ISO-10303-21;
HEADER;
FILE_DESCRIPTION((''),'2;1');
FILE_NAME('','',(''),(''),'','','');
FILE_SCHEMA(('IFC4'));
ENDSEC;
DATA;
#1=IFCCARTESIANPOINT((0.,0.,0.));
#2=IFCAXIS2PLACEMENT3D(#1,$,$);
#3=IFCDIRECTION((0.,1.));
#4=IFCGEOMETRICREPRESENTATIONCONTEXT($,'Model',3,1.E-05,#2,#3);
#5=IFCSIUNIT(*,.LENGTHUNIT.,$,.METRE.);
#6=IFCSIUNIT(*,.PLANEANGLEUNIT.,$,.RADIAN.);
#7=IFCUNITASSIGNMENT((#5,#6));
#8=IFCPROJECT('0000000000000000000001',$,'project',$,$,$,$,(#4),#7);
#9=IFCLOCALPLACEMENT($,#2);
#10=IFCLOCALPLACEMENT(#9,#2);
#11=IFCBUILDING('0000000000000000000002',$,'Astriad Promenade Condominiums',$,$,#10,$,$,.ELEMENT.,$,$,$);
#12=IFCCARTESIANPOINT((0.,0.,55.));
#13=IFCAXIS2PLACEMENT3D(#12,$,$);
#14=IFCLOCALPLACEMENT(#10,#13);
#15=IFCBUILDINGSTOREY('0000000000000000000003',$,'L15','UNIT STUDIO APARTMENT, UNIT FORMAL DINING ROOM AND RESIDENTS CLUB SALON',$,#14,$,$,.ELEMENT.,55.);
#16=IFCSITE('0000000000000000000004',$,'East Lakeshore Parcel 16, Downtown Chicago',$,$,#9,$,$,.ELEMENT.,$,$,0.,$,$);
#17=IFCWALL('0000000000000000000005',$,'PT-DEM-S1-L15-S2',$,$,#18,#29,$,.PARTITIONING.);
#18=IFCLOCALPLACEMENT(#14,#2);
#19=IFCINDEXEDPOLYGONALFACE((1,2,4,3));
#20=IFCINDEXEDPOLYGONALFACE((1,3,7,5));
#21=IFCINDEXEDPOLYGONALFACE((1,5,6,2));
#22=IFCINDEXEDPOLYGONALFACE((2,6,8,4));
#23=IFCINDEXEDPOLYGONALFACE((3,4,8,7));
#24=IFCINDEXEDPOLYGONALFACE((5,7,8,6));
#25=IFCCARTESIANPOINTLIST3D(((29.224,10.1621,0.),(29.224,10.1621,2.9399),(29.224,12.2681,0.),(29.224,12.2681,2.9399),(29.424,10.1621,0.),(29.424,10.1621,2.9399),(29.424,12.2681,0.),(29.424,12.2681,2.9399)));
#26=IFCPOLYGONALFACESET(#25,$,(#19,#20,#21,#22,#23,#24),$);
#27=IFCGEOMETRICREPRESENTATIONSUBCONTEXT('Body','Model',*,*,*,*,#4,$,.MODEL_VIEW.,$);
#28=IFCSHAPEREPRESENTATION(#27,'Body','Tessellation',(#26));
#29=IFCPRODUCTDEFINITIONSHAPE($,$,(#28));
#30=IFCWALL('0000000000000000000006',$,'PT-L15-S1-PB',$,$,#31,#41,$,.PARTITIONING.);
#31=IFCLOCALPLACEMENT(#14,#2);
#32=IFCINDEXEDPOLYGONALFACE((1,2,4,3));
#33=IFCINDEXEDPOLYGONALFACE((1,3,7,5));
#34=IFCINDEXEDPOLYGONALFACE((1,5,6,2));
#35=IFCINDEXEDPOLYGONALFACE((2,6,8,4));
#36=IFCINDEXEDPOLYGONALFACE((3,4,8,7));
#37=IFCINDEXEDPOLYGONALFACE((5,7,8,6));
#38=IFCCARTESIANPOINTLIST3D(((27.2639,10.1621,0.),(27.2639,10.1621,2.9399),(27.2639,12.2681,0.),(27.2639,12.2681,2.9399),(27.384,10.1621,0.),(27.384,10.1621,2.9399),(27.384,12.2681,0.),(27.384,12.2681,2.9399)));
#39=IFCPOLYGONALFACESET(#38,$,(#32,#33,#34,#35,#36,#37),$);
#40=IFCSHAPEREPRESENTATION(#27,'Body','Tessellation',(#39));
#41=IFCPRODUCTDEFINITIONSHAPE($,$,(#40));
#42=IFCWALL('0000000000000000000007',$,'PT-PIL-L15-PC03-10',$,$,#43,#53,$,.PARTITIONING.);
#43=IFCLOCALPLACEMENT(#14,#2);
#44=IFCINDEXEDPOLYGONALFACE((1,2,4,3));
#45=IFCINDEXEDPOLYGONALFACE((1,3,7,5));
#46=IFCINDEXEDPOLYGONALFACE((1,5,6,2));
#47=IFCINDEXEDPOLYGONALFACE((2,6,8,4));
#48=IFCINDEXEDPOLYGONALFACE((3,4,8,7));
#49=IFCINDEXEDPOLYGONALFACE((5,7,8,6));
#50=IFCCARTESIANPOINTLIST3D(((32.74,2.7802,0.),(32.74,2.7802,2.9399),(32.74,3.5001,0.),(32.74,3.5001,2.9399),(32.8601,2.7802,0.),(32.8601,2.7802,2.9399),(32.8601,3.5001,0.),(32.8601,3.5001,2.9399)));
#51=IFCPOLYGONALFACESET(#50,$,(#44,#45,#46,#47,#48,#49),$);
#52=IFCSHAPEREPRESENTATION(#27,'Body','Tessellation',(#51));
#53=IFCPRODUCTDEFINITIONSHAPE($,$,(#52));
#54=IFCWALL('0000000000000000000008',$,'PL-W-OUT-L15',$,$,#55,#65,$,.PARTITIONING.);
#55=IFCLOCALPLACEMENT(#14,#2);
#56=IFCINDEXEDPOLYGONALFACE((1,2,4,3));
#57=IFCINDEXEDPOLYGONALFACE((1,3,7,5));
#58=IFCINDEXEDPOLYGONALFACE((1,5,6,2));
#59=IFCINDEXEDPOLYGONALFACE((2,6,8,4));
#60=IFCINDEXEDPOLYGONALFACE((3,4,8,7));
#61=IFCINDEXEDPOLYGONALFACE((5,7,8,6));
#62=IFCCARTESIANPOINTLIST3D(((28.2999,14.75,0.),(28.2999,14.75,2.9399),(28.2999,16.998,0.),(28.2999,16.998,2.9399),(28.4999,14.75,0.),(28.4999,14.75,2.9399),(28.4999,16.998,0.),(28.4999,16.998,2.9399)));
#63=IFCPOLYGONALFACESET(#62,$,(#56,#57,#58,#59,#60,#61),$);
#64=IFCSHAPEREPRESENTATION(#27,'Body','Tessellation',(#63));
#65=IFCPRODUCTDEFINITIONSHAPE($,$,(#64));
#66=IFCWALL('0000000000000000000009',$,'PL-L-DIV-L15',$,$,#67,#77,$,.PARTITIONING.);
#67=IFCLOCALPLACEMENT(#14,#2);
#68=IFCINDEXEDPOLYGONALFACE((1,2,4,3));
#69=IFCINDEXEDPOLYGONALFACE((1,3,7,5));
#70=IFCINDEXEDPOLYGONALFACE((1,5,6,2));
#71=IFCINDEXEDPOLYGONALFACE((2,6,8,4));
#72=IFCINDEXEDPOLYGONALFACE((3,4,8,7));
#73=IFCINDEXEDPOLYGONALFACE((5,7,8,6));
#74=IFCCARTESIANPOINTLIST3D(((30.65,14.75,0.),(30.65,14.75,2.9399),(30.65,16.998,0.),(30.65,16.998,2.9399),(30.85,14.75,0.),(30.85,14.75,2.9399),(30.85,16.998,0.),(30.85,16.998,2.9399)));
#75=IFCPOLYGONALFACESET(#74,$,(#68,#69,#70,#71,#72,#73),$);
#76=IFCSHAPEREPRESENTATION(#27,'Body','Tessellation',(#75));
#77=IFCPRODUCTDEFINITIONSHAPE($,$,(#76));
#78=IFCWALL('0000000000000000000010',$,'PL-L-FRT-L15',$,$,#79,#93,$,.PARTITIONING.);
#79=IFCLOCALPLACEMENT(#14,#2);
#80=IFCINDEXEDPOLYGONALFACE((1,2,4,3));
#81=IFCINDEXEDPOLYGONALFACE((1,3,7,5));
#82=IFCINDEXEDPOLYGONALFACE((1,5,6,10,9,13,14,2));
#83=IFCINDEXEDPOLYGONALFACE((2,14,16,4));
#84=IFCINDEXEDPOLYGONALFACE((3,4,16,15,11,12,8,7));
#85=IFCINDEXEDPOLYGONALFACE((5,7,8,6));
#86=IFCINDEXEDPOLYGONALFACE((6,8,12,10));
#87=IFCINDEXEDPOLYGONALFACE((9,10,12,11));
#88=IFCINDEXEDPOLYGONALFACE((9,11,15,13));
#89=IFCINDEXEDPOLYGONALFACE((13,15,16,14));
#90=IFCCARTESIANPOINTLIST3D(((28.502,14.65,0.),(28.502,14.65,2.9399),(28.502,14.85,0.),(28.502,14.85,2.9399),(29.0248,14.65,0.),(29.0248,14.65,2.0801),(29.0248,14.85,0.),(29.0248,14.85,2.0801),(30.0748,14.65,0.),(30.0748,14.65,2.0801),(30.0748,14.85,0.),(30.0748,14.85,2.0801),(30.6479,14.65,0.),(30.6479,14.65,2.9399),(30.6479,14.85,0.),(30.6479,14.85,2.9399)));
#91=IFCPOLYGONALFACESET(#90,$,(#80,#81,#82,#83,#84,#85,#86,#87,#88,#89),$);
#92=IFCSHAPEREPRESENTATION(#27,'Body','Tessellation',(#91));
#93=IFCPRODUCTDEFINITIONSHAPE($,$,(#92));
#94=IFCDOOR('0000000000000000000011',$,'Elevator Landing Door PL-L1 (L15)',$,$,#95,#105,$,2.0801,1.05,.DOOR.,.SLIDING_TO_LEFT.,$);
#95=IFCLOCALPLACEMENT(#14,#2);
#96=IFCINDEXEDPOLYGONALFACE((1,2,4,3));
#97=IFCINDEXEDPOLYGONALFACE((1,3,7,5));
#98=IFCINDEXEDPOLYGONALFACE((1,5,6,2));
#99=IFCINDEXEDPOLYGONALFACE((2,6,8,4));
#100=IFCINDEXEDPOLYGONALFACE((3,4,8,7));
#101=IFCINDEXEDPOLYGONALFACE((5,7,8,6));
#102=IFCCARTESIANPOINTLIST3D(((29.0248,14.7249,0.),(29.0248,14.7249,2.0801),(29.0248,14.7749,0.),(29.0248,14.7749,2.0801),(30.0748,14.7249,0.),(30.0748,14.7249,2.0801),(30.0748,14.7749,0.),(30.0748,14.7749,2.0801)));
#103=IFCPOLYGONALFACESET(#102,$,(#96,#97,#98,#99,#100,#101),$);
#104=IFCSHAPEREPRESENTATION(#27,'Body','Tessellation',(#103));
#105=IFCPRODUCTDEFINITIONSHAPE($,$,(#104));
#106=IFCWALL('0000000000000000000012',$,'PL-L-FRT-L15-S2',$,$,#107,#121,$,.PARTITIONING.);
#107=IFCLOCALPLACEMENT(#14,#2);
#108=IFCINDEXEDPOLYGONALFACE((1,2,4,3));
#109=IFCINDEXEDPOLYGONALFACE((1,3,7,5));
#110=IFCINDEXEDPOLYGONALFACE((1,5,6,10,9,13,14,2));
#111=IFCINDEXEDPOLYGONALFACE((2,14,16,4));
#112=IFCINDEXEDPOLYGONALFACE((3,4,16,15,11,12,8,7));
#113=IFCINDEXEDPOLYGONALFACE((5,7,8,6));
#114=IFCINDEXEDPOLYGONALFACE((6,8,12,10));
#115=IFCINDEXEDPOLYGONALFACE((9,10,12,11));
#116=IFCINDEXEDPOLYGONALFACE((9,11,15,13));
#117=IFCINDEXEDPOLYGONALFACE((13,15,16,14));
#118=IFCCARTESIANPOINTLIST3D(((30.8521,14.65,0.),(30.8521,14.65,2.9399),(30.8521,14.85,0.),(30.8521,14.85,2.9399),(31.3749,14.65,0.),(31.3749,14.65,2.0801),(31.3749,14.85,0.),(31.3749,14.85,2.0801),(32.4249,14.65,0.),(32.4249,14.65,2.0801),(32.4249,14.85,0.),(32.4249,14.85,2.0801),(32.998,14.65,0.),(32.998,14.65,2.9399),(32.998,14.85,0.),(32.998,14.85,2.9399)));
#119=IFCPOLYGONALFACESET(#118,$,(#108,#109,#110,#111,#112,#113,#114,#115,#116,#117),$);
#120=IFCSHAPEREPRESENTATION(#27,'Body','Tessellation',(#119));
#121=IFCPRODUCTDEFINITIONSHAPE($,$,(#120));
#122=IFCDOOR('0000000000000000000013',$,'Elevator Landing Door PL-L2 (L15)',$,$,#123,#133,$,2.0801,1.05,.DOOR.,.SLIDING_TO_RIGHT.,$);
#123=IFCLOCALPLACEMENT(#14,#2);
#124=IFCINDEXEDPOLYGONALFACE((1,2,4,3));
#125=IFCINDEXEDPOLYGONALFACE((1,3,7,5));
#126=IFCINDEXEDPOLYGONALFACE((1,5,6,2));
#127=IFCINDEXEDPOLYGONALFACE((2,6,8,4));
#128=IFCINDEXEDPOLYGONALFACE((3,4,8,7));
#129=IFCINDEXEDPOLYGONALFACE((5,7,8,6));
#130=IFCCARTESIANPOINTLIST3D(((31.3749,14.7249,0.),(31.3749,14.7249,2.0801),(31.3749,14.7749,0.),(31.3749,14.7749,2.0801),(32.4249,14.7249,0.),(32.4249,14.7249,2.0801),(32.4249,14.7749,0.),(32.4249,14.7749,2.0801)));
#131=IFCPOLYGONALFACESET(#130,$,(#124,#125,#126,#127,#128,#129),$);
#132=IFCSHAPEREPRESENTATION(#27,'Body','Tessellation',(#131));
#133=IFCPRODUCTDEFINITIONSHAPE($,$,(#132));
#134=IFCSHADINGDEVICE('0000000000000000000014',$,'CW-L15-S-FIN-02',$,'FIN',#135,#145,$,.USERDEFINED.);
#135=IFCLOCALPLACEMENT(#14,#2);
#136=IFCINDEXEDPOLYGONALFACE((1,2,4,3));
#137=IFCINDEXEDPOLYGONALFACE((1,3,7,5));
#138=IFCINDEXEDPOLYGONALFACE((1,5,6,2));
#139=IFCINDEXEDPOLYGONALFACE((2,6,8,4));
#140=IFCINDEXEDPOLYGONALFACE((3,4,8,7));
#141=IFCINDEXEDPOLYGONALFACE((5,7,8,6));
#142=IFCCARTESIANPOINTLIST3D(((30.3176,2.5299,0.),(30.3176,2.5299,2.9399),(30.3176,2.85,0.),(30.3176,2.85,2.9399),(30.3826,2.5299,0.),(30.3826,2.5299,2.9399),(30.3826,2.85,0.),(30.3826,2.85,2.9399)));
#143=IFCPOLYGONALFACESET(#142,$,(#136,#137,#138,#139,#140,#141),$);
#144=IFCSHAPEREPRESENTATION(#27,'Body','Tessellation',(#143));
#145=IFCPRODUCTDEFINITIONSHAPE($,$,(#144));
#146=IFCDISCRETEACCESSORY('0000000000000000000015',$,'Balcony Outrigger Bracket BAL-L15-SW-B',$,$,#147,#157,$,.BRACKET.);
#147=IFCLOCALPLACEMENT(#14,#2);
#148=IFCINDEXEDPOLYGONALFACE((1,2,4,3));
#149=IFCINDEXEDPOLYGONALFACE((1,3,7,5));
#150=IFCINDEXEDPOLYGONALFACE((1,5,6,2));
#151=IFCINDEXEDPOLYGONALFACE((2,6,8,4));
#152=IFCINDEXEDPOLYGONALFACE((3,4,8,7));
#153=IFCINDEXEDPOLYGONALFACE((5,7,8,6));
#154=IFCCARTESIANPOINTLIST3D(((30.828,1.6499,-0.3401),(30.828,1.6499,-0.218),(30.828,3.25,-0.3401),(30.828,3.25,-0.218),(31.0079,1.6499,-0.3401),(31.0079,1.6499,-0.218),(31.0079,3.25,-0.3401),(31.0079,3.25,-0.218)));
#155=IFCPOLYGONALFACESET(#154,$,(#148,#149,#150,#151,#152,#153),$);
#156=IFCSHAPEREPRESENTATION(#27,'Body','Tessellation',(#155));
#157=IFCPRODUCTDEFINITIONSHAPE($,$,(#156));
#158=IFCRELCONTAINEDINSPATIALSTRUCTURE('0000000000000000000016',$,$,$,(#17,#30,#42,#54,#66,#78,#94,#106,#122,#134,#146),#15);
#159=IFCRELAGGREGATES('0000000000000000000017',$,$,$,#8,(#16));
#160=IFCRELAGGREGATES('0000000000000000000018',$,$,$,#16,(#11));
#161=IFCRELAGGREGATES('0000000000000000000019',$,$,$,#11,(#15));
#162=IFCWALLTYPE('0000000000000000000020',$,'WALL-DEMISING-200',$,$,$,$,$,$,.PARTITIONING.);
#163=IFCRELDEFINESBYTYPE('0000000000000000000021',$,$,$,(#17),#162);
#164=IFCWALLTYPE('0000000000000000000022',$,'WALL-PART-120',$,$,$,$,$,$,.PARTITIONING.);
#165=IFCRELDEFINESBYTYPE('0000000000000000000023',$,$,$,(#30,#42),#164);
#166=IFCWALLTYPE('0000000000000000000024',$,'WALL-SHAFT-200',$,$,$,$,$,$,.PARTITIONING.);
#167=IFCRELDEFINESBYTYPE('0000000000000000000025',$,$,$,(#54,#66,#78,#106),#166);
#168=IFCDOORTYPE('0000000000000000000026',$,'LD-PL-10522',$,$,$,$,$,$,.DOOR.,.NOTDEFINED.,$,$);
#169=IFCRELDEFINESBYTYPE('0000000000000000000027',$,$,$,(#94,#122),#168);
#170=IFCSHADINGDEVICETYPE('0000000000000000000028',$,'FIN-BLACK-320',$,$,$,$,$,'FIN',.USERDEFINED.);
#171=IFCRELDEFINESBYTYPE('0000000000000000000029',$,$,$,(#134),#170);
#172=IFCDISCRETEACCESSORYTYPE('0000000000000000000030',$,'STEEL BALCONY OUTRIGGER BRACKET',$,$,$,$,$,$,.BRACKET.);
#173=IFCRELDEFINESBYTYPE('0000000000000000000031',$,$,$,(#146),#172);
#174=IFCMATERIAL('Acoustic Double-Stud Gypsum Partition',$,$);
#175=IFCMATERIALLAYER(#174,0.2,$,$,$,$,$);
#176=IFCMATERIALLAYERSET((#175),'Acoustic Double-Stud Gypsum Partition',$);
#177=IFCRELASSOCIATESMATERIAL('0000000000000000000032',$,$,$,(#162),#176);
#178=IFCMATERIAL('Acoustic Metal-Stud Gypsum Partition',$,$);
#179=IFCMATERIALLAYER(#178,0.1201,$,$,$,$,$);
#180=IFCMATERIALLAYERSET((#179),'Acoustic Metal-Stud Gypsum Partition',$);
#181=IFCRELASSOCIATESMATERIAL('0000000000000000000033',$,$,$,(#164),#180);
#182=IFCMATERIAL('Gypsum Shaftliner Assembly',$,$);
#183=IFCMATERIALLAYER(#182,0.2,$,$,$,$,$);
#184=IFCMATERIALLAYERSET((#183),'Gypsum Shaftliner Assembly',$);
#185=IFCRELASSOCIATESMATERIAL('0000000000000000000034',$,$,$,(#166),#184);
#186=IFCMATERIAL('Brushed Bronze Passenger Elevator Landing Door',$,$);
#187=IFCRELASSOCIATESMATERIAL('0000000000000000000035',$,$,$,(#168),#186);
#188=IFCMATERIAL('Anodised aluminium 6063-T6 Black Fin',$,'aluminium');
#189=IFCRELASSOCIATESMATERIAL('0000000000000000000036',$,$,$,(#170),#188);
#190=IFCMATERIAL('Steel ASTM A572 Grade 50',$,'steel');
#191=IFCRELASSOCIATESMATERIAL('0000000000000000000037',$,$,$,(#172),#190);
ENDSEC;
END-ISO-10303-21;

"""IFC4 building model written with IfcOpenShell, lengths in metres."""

from ifc_helpers import new_model, si_unit, direction, frame, frame_2d, origin, origin_2d, place, context, subcontext, project, spatial, rectangle, extrude, source, transform, mapped, material, layer, layer_set, type_object, type_shapes, element, fill, save


model = new_model("IFC4")

# Units and contexts
model_context = context("Model", 3, precision=1e-05, world=origin(), true_north=direction((0.0, 1.0)))
body_context = subcontext(model_context, "Body", "Model", "MODEL_VIEW")
ifc_project = project(units=[si_unit("LENGTHUNIT", "METRE"), si_unit("PLANEANGLEUNIT", "RADIAN")], contexts=[model_context])

# Site, building, storey
site_placement = place(None, origin())
site = spatial("IfcSite", under=ifc_project, at=site_placement, Name="East Lakeshore Parcel 16, Downtown Chicago", CompositionType="ELEMENT", RefElevation=0.0)
building_placement = place(site_placement, origin())
building = spatial("IfcBuilding", under=site, at=building_placement, Name="Astriad Promenade Condominiums", CompositionType="ELEMENT")
storey_placement = place(building_placement, frame((0.0, 0.0, 55.0)))
storey = spatial("IfcBuildingStorey", under=building, at=storey_placement, Name="L15", Description="UNIT STUDIO APARTMENT, UNIT FORMAL DINING ROOM AND RESIDENTS CLUB SALON", CompositionType="ELEMENT", Elevation=55.0)

# Walls
ifc_material_1 = material(Name="Acoustic Double-Stud Gypsum Partition")
ifc_layer_1 = layer(ifc_material_1, 0.2)
ifc_layer_set_1 = layer_set([ifc_layer_1], Name="Acoustic Double-Stud Gypsum Partition")
wall_type_1 = type_object("IfcWallType", Name="WALL-DEMISING-200", PredefinedType="PARTITIONING", material=ifc_layer_set_1)
wall_1_placement = place(storey_placement, frame((29.324, 10.1621, 0.0), z_axis=(0.0, 0.0, 1.0), x_axis=(0.0, 1.0, 0.0)))
element("IfcWall", 1, at=wall_1_placement, inside=storey, type_object=wall_type_1, Name="PT-DEM-S1-L15-S2", PredefinedType="PARTITIONING", context=body_context, shape_type="SweptSolid", body=[
    extrude(rectangle(XDim=2.106, YDim=0.2, at=frame_2d((1.053, 0.0))), origin(), (0.0, 0.0, 1.0), 2.9399),
])
ifc_material_2 = material(Name="Acoustic Metal-Stud Gypsum Partition")
ifc_layer_2 = layer(ifc_material_2, 0.1201)
ifc_layer_set_2 = layer_set([ifc_layer_2], Name="Acoustic Metal-Stud Gypsum Partition")
wall_type_2 = type_object("IfcWallType", Name="WALL-PART-120", PredefinedType="PARTITIONING", material=ifc_layer_set_2)
wall_2_placement = place(storey_placement, frame((27.324, 10.1621, 0.0), z_axis=(0.0, 0.0, 1.0), x_axis=(0.0, 1.0, 0.0)))
element("IfcWall", 2, at=wall_2_placement, inside=storey, type_object=wall_type_2, Name="PT-L15-S1-PB", PredefinedType="PARTITIONING", context=body_context, shape_type="SweptSolid", body=[
    extrude(rectangle(XDim=2.106, YDim=0.1201, at=frame_2d((1.053, 0.0))), origin(), (0.0, 0.0, 1.0), 2.9399),
])
wall_3_placement = place(storey_placement, frame((32.8, 3.5, 0.0), z_axis=(0.0, 0.0, 1.0), x_axis=(0.0, -1.0, 0.0)))
element("IfcWall", 3, at=wall_3_placement, inside=storey, type_object=wall_type_2, Name="PT-PIL-L15-PC03-10", PredefinedType="PARTITIONING", context=body_context, shape_type="SweptSolid", body=[
    extrude(rectangle(XDim=0.72, YDim=0.1201, at=frame_2d((0.3599, 0.0))), origin(), (0.0, 0.0, 1.0), 2.9399),
])
ifc_material_3 = material(Name="Gypsum Shaftliner Assembly")
ifc_layer_3 = layer(ifc_material_3, 0.2)
ifc_layer_set_3 = layer_set([ifc_layer_3], Name="Gypsum Shaftliner Assembly")
wall_type_3 = type_object("IfcWallType", Name="WALL-SHAFT-200", PredefinedType="PARTITIONING", material=ifc_layer_set_3)
for number, where, z_axis, x_axis, name in (
    (4, (28.3999, 14.75, 0.0), (0.0, 0.0, 1.0), (0.0, 1.0, 0.0), "PL-W-OUT-L15"),
    (5, (30.75, 14.75, 0.0), (0.0, 0.0, 1.0), (0.0, 1.0, 0.0), "PL-L-DIV-L15"),
):
    element("IfcWall", number, at=place(storey_placement, frame(where, z_axis=z_axis, x_axis=x_axis)), inside=storey, type_object=wall_type_3, Name=name, PredefinedType="PARTITIONING", context=body_context, shape_type="SweptSolid", body=[
        extrude(rectangle(XDim=2.248, YDim=0.2, at=frame_2d((1.124, 0.0))), origin(), (0.0, 0.0, 1.0), 2.9399),
    ])

# Walls, openings, doors
wall_4_placement = place(storey_placement, frame((28.502, 14.75, 0.0), z_axis=(0.0, 0.0, 1.0), x_axis=(1.0, 0.0, 0.0)))
wall_4 = element("IfcWall", 6, at=wall_4_placement, inside=storey, type_object=wall_type_3, Name="PL-L-FRT-L15", PredefinedType="PARTITIONING", context=body_context, shape_type="SweptSolid", body=[
    extrude(rectangle(XDim=2.146, YDim=0.2, at=frame_2d((1.073, 0.0))), origin(), (0.0, 0.0, 1.0), 2.9399),
])
opening_1_placement = place(wall_4_placement, frame((0.5229, 0.0, 0.0)))
opening_1 = element("IfcOpeningElement", 7, at=opening_1_placement, cuts=wall_4, PredefinedType="OPENING", context=body_context, shape_type="SweptSolid", body=[
    extrude(rectangle(XDim=1.05, YDim=2.0801, at=frame_2d((0.5249, 1.04))), frame((0.0, 0.1099, 0.0), z_axis=(0.0, -1.0, 0.0), x_axis=(1.0, 0.0, 0.0)), (0.0, 0.0, 1.0), 0.22),
])
ifc_material_4 = material(Name="Brushed Bronze Passenger Elevator Landing Door")
door_type = type_object("IfcDoorType", Name="LD-PL-10522", OperationType="NOTDEFINED", PredefinedType="DOOR", material=ifc_material_4)
shared_shape_1 = source(origin(), body_context, "Body", "SweptSolid", [
    extrude(rectangle(XDim=1.05, YDim=2.0801, at=frame_2d((0.5249, 1.04))), frame((0.0, 0.0249, 0.0), z_axis=(0.0, -1.0, 0.0), x_axis=(1.0, 0.0, 0.0)), (0.0, 0.0, 1.0), 0.05),
])
type_shapes(door_type, [shared_shape_1])
door_1_placement = place(opening_1_placement, origin())
door_1 = element("IfcDoor", 8, at=door_1_placement, inside=storey, type_object=door_type, Name="Elevator Landing Door PL-L1 (L15)", OperationType="SLIDING_TO_LEFT", OverallHeight=2.0801, OverallWidth=1.05, PredefinedType="DOOR", context=body_context, shape_type="MappedRepresentation", body=[
    mapped(shared_shape_1, transform((0.0, 0.0, 0.0), scale=1.0)),
])
fill(opening_1, door_1)
wall_5_placement = place(storey_placement, frame((30.8521, 14.75, 0.0), z_axis=(0.0, 0.0, 1.0), x_axis=(1.0, 0.0, 0.0)))
wall_5 = element("IfcWall", 9, at=wall_5_placement, inside=storey, type_object=wall_type_3, Name="PL-L-FRT-L15-S2", PredefinedType="PARTITIONING", context=body_context, shape_type="SweptSolid", body=[
    extrude(rectangle(XDim=2.146, YDim=0.2, at=frame_2d((1.073, 0.0))), origin(), (0.0, 0.0, 1.0), 2.9399),
])
opening_2_placement = place(wall_5_placement, frame((0.5229, 0.0, 0.0)))
opening_2 = element("IfcOpeningElement", 10, at=opening_2_placement, cuts=wall_5, PredefinedType="OPENING", context=body_context, shape_type="SweptSolid", body=[
    extrude(rectangle(XDim=1.05, YDim=2.0801, at=frame_2d((0.5249, 1.04))), frame((0.0, 0.1099, 0.0), z_axis=(0.0, -1.0, 0.0), x_axis=(1.0, 0.0, 0.0)), (0.0, 0.0, 1.0), 0.22),
])
door_2_placement = place(opening_2_placement, origin())
door_2 = element("IfcDoor", 11, at=door_2_placement, inside=storey, type_object=door_type, Name="Elevator Landing Door PL-L2 (L15)", OperationType="SLIDING_TO_RIGHT", OverallHeight=2.0801, OverallWidth=1.05, PredefinedType="DOOR", context=body_context, shape_type="MappedRepresentation", body=[
    mapped(shared_shape_1, transform((0.0, 0.0, 0.0), scale=1.0)),
])
fill(opening_2, door_2)

# Shading device
ifc_material_5 = material(Name="Anodised aluminium 6063-T6 Black Fin", Category="aluminium")
shading_device_type = type_object("IfcShadingDeviceType", Name="FIN-BLACK-320", ElementType="FIN", PredefinedType="USERDEFINED", material=ifc_material_5)
shared_shape_2 = source(origin(), body_context, "Body", "SweptSolid", [
    extrude(rectangle(XDim=0.0649, YDim=0.3201, at=origin_2d()), origin(), (0.0, 0.0, 1.0), 2.9399),
])
type_shapes(shading_device_type, [shared_shape_2])
shading_device_placement = place(storey_placement, frame((30.3501, 2.6899, 0.0), z_axis=(0.0, 0.0, 1.0), x_axis=(-1.0, 0.0, 0.0)))
element("IfcShadingDevice", 12, at=shading_device_placement, inside=storey, type_object=shading_device_type, Name="CW-L15-S-FIN-02", ObjectType="FIN", PredefinedType="USERDEFINED", context=body_context, shape_type="MappedRepresentation", body=[
    mapped(shared_shape_2, transform((0.0, 0.0, 0.0), scale=1.0)),
])

# Discrete accessory
ifc_material_6 = material(Name="Steel ASTM A572 Grade 50", Category="steel")
discrete_accessory_type = type_object("IfcDiscreteAccessoryType", Name="STEEL BALCONY OUTRIGGER BRACKET", PredefinedType="BRACKET", material=ifc_material_6)
shared_shape_3 = source(origin(), body_context, "Body", "SweptSolid", [
    extrude(rectangle(XDim=1.6001, YDim=0.1799, at=origin_2d()), origin(), (0.0, 0.0, 1.0), 0.1221),
])
type_shapes(discrete_accessory_type, [shared_shape_3])
discrete_accessory_placement = place(storey_placement, frame((30.918, 2.45, -0.3401), z_axis=(0.0, 0.0, 1.0), x_axis=(0.0, -1.0, 0.0)))
element("IfcDiscreteAccessory", 13, at=discrete_accessory_placement, inside=storey, type_object=discrete_accessory_type, Name="Balcony Outrigger Bracket BAL-L15-SW-B", PredefinedType="BRACKET", context=body_context, shape_type="MappedRepresentation", body=[
    mapped(shared_shape_3, transform((0.0, 0.0, 0.0), scale=1.0)),
])

save(model, "model.ifc")
